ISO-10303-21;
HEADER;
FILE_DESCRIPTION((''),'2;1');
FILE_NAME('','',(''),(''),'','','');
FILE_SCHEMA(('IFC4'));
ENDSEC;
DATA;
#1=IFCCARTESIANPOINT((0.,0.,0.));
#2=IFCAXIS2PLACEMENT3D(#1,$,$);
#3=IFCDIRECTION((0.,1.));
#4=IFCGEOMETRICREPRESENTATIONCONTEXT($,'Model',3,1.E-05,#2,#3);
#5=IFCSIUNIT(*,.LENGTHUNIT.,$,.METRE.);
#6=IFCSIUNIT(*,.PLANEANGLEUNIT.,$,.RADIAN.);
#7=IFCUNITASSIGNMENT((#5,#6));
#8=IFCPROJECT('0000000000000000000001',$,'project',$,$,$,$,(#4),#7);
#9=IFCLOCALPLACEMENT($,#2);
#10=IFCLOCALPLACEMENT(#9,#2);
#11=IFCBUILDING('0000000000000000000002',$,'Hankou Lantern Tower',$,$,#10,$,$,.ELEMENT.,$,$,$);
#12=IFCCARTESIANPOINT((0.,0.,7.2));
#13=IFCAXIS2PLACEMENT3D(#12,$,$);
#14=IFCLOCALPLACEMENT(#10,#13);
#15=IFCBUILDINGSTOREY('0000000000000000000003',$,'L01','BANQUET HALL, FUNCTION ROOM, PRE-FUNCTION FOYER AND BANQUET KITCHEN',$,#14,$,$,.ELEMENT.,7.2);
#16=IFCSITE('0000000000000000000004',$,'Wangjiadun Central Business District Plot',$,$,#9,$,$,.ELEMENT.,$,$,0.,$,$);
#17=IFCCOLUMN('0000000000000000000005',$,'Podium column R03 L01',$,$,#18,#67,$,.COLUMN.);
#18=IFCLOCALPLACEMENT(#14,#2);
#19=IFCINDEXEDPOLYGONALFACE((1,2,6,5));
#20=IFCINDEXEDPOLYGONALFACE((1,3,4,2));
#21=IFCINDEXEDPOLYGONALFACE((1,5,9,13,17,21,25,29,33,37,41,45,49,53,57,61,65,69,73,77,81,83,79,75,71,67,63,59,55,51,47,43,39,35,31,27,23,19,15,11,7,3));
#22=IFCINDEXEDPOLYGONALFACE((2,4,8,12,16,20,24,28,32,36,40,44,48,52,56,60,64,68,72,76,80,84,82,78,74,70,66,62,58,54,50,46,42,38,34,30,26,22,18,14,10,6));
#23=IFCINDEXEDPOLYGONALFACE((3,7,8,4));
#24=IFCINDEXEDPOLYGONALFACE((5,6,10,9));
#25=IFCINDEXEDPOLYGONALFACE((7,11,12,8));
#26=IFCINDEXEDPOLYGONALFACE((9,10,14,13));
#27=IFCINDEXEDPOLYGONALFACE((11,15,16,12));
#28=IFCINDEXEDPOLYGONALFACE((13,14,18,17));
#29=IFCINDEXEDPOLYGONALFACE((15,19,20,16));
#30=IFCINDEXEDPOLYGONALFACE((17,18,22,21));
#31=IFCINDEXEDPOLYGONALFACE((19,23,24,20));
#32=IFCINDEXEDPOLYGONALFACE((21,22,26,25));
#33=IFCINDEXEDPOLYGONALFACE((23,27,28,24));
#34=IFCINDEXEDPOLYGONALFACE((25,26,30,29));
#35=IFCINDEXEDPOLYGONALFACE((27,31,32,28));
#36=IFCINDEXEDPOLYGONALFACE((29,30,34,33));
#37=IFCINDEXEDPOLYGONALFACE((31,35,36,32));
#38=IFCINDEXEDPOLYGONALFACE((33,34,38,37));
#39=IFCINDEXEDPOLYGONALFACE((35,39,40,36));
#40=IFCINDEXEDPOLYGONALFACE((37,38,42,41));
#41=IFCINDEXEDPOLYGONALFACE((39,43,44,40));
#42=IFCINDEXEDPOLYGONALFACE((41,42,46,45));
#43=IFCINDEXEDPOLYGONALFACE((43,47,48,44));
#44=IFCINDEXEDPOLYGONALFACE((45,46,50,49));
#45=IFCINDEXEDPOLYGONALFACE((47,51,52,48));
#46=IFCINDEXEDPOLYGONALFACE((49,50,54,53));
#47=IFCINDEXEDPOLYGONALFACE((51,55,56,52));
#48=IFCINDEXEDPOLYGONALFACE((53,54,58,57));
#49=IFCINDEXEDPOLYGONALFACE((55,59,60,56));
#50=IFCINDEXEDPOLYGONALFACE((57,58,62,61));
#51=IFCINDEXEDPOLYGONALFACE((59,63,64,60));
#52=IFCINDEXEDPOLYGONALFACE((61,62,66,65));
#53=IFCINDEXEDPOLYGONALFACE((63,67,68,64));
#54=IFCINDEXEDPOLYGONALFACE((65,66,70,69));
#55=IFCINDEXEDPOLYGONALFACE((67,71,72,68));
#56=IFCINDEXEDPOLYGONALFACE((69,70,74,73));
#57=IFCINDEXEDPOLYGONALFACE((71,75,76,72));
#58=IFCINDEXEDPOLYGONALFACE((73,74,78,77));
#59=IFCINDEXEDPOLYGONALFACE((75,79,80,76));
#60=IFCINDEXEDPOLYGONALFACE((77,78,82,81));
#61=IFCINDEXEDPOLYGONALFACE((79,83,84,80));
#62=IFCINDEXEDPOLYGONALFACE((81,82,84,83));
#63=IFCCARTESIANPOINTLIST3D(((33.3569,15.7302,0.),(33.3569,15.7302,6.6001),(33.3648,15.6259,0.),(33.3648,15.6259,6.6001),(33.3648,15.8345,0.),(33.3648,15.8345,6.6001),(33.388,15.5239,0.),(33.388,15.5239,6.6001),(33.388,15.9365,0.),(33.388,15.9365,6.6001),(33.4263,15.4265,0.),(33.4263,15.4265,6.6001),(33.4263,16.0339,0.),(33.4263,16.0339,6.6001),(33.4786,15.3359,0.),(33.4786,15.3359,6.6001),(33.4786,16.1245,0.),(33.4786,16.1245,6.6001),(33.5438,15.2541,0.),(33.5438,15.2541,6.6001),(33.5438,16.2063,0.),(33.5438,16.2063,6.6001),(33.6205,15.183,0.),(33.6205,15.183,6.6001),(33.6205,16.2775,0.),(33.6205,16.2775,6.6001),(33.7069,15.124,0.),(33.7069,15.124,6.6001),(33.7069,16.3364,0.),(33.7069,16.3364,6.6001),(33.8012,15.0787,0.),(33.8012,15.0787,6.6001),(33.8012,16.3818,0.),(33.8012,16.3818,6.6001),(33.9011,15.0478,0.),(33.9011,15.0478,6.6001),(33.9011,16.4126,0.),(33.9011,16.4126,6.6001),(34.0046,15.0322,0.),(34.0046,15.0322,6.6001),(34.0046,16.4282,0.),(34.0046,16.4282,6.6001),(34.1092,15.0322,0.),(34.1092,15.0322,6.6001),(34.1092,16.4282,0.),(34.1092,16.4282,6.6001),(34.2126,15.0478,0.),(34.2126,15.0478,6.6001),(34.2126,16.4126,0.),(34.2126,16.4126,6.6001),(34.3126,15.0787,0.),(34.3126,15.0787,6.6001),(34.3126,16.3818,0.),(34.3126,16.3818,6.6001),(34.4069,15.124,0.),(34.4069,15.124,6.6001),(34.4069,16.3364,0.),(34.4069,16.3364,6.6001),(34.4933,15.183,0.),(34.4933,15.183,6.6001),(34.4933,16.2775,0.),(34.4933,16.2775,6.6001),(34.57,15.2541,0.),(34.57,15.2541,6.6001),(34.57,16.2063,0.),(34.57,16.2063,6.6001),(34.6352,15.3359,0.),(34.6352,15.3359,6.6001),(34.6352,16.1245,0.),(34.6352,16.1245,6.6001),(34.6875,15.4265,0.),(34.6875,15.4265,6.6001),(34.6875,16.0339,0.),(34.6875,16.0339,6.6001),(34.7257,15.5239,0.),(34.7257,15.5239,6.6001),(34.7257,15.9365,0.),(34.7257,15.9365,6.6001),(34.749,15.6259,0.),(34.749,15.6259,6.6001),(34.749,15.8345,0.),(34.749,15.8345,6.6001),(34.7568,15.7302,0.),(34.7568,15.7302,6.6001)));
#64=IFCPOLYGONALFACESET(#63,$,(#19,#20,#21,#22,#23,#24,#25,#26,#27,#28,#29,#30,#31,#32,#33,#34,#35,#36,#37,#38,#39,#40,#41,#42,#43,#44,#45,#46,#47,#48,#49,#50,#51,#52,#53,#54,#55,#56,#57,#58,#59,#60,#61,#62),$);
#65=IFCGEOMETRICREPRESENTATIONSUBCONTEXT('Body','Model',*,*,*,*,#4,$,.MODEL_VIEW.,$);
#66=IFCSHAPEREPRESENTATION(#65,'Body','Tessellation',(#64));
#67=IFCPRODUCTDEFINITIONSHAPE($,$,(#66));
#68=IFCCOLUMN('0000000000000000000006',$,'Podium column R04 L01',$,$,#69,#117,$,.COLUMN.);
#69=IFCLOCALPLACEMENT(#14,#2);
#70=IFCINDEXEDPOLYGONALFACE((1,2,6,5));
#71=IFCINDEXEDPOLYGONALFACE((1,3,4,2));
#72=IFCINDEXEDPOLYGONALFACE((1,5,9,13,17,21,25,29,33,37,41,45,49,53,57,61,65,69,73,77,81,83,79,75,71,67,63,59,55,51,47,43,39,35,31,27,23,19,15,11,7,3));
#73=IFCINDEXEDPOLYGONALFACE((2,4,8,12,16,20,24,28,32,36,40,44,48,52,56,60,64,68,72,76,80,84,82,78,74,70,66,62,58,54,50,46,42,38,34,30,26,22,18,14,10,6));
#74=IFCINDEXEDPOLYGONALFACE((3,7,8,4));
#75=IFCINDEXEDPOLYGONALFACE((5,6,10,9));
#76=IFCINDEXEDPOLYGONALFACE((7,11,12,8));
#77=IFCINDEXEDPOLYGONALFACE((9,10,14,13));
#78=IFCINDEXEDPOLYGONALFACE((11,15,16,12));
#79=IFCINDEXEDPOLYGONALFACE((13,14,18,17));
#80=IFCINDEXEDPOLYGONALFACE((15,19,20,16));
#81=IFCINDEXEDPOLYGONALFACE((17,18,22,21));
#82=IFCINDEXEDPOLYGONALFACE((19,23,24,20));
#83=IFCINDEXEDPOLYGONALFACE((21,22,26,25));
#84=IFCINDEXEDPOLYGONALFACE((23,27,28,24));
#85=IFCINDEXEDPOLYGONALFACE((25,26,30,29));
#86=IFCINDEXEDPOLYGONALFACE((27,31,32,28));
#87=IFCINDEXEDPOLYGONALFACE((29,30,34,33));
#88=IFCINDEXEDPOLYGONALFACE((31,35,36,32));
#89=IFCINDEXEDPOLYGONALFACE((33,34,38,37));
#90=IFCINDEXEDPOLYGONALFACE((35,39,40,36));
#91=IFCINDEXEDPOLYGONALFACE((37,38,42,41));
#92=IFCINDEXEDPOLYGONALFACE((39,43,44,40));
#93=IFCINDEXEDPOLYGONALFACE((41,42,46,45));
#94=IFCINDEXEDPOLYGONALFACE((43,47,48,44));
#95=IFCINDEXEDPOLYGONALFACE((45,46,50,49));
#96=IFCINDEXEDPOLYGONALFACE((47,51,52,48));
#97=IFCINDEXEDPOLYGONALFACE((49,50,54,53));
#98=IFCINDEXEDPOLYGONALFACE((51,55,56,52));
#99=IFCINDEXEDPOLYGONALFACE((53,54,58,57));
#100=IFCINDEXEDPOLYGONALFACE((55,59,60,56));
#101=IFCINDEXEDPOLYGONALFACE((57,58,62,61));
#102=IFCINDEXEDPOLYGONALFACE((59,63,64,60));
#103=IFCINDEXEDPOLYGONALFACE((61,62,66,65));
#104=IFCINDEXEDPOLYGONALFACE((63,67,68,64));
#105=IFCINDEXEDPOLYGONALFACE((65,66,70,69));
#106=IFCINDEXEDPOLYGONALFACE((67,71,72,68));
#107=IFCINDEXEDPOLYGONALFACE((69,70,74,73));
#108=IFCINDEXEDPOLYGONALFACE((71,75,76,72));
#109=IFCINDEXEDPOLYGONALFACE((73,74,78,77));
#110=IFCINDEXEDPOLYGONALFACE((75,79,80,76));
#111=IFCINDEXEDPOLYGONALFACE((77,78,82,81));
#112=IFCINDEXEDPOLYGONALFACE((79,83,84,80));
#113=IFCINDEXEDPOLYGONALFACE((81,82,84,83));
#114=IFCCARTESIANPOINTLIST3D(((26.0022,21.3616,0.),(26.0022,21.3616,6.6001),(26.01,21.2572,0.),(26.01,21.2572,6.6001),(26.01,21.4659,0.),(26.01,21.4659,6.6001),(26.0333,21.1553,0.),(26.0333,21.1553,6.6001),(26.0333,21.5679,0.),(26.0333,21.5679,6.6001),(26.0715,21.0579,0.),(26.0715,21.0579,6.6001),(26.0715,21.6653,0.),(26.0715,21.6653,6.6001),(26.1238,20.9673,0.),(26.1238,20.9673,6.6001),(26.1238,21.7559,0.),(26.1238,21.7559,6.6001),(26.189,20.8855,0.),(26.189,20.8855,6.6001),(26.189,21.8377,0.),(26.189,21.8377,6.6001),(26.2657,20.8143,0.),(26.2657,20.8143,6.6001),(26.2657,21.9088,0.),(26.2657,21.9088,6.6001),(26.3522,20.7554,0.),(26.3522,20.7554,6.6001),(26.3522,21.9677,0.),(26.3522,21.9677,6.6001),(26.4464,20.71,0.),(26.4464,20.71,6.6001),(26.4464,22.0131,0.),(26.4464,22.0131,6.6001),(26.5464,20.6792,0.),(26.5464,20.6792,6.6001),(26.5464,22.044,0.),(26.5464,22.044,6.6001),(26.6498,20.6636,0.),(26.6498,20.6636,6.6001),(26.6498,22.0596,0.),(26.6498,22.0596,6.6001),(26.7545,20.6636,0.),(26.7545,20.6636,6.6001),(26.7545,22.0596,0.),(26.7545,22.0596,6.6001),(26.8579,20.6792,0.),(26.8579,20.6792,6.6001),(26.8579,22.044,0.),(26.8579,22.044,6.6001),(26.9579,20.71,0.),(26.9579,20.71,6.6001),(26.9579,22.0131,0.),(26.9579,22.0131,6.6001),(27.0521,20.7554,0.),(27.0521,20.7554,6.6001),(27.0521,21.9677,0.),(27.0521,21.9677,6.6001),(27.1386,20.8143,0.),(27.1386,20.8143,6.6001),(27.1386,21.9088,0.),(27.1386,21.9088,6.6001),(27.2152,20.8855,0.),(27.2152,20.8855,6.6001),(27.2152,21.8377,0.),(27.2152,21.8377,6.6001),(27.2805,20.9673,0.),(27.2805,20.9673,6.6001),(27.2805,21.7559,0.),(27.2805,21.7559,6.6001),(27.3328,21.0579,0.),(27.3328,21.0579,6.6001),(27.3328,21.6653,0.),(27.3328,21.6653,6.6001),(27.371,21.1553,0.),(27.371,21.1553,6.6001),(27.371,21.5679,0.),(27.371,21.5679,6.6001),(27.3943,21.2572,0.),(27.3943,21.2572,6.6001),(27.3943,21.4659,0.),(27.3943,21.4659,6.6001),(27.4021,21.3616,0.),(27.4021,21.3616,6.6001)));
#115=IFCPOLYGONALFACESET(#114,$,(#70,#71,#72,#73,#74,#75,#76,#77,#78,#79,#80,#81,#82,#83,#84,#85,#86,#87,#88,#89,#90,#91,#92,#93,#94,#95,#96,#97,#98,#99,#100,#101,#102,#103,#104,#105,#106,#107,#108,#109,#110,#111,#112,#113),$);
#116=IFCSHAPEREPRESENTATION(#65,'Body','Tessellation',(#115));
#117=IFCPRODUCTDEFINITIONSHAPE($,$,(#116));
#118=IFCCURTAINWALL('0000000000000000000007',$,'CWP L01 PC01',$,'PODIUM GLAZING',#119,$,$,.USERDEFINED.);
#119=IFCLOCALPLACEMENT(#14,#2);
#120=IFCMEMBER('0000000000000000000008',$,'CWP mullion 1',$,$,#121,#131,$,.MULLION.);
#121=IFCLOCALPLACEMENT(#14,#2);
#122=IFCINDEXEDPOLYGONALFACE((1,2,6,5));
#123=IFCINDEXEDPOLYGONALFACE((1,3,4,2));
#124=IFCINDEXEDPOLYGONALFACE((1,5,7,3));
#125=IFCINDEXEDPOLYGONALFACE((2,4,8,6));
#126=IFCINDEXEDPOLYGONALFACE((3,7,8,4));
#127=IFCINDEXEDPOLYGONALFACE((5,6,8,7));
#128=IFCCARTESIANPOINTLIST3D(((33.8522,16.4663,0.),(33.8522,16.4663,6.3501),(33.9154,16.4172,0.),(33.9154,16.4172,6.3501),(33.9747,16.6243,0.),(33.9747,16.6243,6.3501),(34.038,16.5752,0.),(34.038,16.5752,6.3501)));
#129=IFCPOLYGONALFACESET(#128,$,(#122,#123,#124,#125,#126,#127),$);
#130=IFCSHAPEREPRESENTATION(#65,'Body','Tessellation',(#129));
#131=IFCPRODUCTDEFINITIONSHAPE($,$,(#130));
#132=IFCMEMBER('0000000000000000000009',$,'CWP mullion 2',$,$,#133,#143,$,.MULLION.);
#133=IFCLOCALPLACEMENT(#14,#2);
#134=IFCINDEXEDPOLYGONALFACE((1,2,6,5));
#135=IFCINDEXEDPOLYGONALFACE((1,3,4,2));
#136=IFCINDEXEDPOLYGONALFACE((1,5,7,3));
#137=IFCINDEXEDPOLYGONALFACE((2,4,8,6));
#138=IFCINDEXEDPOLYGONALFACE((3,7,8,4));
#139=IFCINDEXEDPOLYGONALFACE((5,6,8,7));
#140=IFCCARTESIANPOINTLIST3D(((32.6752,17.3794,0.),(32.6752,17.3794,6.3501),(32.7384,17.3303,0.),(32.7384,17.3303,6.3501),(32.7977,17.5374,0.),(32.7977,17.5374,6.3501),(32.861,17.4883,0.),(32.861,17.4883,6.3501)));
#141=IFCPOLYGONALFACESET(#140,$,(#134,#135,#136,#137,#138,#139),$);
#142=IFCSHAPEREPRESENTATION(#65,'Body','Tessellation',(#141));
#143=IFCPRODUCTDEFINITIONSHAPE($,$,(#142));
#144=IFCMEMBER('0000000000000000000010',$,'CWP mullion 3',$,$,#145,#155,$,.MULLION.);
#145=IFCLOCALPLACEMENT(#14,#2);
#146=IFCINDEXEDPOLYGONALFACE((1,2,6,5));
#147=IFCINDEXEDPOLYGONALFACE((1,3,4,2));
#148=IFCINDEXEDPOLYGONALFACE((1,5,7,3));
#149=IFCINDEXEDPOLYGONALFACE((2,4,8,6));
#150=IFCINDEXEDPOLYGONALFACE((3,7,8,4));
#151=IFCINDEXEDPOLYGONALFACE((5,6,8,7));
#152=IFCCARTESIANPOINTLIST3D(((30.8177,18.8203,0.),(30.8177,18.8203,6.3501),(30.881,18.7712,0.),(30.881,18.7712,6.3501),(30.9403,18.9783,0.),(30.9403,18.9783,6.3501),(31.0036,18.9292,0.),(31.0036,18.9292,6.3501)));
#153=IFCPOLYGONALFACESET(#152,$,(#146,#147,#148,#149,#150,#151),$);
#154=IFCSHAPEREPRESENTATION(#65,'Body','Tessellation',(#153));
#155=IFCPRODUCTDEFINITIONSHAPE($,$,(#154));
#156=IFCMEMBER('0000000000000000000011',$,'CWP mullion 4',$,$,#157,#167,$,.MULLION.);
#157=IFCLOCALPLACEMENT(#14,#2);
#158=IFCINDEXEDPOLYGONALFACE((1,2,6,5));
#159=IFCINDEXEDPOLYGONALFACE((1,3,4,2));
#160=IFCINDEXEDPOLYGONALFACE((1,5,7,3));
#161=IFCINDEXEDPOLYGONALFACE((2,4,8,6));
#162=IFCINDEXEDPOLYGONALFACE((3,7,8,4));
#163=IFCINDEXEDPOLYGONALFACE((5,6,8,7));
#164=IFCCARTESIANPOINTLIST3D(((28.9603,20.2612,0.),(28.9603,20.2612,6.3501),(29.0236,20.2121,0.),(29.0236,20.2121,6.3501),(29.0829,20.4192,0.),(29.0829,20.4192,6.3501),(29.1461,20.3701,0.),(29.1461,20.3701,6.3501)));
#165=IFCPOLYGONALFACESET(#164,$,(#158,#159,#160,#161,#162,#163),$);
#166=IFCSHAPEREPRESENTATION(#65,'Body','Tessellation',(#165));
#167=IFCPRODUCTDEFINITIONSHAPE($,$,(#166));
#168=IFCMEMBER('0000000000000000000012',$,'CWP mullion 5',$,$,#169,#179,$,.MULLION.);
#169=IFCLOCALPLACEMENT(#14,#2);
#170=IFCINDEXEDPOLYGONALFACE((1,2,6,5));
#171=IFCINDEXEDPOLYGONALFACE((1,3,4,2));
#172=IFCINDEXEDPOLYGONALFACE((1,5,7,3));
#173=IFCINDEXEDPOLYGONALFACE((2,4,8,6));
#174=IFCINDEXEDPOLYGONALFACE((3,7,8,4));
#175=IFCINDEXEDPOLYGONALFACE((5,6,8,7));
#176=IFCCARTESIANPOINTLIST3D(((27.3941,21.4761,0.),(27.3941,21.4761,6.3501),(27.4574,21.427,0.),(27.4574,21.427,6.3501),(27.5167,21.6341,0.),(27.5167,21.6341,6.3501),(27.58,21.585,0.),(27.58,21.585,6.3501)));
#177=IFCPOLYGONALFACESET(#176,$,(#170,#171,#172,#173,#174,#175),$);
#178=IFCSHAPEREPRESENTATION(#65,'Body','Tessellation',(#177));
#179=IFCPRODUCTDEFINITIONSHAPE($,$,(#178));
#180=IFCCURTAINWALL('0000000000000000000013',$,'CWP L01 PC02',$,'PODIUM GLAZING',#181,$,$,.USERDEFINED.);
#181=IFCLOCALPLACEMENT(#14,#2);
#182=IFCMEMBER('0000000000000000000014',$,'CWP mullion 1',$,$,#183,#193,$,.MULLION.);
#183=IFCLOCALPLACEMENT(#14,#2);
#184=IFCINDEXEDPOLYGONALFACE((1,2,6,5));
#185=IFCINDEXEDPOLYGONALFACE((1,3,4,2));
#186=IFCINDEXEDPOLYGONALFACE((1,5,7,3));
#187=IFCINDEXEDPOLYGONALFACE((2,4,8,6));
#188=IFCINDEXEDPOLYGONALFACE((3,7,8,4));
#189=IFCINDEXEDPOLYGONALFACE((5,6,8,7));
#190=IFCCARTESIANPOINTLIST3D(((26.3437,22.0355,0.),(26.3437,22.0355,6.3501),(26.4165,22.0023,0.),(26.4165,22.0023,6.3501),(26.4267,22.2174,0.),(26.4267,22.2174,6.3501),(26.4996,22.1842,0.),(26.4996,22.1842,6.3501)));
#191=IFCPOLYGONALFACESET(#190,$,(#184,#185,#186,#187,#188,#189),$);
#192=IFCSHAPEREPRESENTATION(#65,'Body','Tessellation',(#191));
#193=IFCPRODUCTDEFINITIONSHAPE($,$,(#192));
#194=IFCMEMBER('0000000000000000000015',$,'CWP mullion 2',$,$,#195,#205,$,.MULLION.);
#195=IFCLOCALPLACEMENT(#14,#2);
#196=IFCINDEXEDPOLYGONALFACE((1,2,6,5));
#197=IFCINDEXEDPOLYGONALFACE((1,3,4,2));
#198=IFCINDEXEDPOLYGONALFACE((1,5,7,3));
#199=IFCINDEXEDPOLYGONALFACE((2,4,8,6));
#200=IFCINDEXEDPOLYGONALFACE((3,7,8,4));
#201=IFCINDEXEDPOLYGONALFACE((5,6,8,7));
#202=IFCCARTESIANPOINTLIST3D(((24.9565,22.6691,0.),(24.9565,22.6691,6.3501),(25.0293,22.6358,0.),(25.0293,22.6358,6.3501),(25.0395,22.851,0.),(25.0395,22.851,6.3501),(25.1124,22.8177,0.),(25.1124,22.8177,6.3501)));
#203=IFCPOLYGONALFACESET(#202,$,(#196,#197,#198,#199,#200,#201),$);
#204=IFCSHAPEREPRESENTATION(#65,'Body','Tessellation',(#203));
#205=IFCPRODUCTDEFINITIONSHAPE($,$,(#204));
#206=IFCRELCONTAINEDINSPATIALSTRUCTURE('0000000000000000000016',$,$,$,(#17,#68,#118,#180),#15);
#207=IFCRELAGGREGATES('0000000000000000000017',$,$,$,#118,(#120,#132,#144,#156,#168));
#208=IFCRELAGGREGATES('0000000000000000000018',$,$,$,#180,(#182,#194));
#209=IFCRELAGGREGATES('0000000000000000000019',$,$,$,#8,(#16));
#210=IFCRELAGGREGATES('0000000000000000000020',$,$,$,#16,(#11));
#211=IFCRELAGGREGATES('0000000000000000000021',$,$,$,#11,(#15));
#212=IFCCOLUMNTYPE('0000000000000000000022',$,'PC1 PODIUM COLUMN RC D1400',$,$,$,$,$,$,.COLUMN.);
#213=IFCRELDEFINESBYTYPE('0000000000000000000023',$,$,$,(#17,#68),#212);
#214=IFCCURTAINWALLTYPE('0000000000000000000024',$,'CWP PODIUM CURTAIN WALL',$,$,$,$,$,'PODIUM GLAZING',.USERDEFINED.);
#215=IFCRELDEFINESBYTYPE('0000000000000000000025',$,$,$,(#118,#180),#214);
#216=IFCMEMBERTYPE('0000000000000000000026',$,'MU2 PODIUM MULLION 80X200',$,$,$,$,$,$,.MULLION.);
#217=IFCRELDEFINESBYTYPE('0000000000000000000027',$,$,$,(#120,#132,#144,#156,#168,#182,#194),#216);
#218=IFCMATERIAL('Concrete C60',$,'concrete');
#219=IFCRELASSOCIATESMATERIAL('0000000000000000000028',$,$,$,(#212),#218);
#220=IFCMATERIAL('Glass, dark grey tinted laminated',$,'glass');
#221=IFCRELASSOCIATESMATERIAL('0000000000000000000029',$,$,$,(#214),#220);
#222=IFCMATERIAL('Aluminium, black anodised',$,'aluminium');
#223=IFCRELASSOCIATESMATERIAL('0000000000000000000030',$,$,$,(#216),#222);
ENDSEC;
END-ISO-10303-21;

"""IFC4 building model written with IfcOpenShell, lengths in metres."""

from ifc_helpers import new_model, si_unit, direction, frame, origin, origin_2d, place, context, subcontext, project, spatial, rectangle, circle, extrude, material, material_profile, profile_set, type_object, element, aggregate, save


model = new_model("IFC4")

# Units and contexts
model_context = context("Model", 3, precision=1e-05, world=origin(), true_north=direction((0.0, 1.0)))
body_context = subcontext(model_context, "Body", "Model", "MODEL_VIEW")
ifc_project = project(units=[si_unit("LENGTHUNIT", "METRE"), si_unit("PLANEANGLEUNIT", "RADIAN")], contexts=[model_context])

# Site, building, storey
site_placement = place(None, origin())
site = spatial("IfcSite", under=ifc_project, at=site_placement, Name="Wangjiadun Central Business District Plot", CompositionType="ELEMENT", RefElevation=0.0)
building_placement = place(site_placement, origin())
building = spatial("IfcBuilding", under=site, at=building_placement, Name="Hankou Lantern Tower", CompositionType="ELEMENT")
storey_placement = place(building_placement, frame((0.0, 0.0, 7.2)))
storey = spatial("IfcBuildingStorey", under=building, at=storey_placement, Name="L01", Description="BANQUET HALL, FUNCTION ROOM, PRE-FUNCTION FOYER AND BANQUET KITCHEN", CompositionType="ELEMENT", Elevation=7.2)

# Columns
ifc_material_1 = material(Name="Concrete C60", Category="concrete")
ifc_material_profile_1 = material_profile(ifc_material_1, circle(Radius=0.7, at=origin_2d()), Name="RC D1400")
ifc_profile_set_1 = profile_set([ifc_material_profile_1], Name="Concrete C60")
column_type = type_object("IfcColumnType", Name="PC1 PODIUM COLUMN RC D1400", PredefinedType="COLUMN", material=ifc_profile_set_1)
for number, where, z_axis, x_axis, name in (
    (1, (34.0569, 15.7302, 0.0), (0.0, 0.0, 1.0), (1.0, 0.0, 0.0), "Podium column R03 L01"),
    (2, (26.7021, 21.3616, 0.0), (0.0, 0.0, 1.0), (1.0, 0.0, 0.0), "Podium column R04 L01"),
):
    element("IfcColumn", number, at=place(storey_placement, frame(where, z_axis=z_axis, x_axis=x_axis)), inside=storey, type_object=column_type, Name=name, PredefinedType="COLUMN", context=body_context, shape_type="SweptSolid", body=[
        extrude(circle(Radius=0.7, at=origin_2d()), origin(), (0.0, 0.0, 1.0), 6.6001),
    ])

# Curtain walls, members
ifc_material_2 = material(Name="Glass, dark grey tinted laminated", Category="glass")
curtain_wall_type = type_object("IfcCurtainWallType", Name="CWP PODIUM CURTAIN WALL", ElementType="PODIUM GLAZING", PredefinedType="USERDEFINED", material=ifc_material_2)
curtain_wall_1_placement = place(storey_placement, origin())
curtain_wall_1 = element("IfcCurtainWall", 3, at=curtain_wall_1_placement, inside=storey, type_object=curtain_wall_type, Name="CWP L01 PC01", ObjectType="PODIUM GLAZING", PredefinedType="USERDEFINED")
ifc_material_3 = material(Name="Aluminium, black anodised", Category="aluminium")
ifc_material_profile_2 = material_profile(ifc_material_3, rectangle(XDim=0.0801, YDim=0.2, at=origin_2d()), Name="MU2 80X200")
ifc_profile_set_2 = profile_set([ifc_material_profile_2], Name="Aluminium, black anodised")
member_type_1 = type_object("IfcMemberType", Name="MU2 PODIUM MULLION 80X200", PredefinedType="MULLION", material=ifc_profile_set_2)
member_1_placement = place(storey_placement, frame((33.9451, 16.5208, 0.0), z_axis=(0.0, 0.0, 1.0), x_axis=(-0.79013, 0.61294, 0.0)))
member_1 = element("IfcMember", 4, at=member_1_placement, type_object=member_type_1, Name="CWP mullion 1", PredefinedType="MULLION", context=body_context, shape_type="SweptSolid", body=[
    extrude(rectangle(XDim=0.0801, YDim=0.2, at=origin_2d()), origin(), (0.0, 0.0, 1.0), 6.3501),
])
member_2_placement = place(storey_placement, frame((32.7681, 17.4338, 0.0), z_axis=(0.0, 0.0, 1.0), x_axis=(-0.79013, 0.61294, 0.0)))
member_2 = element("IfcMember", 5, at=member_2_placement, type_object=member_type_1, Name="CWP mullion 2", PredefinedType="MULLION", context=body_context, shape_type="SweptSolid", body=[
    extrude(rectangle(XDim=0.0801, YDim=0.2, at=origin_2d()), origin(), (0.0, 0.0, 1.0), 6.3501),
])
member_3_placement = place(storey_placement, frame((30.9106, 18.8748, 0.0), z_axis=(0.0, 0.0, 1.0), x_axis=(-0.79013, 0.61294, 0.0)))
member_3 = element("IfcMember", 6, at=member_3_placement, type_object=member_type_1, Name="CWP mullion 3", PredefinedType="MULLION", context=body_context, shape_type="SweptSolid", body=[
    extrude(rectangle(XDim=0.0801, YDim=0.2, at=origin_2d()), origin(), (0.0, 0.0, 1.0), 6.3501),
])
member_4_placement = place(storey_placement, frame((29.0532, 20.3157, 0.0), z_axis=(0.0, 0.0, 1.0), x_axis=(-0.79013, 0.61294, 0.0)))
member_4 = element("IfcMember", 7, at=member_4_placement, type_object=member_type_1, Name="CWP mullion 4", PredefinedType="MULLION", context=body_context, shape_type="SweptSolid", body=[
    extrude(rectangle(XDim=0.0801, YDim=0.2, at=origin_2d()), origin(), (0.0, 0.0, 1.0), 6.3501),
])
member_5_placement = place(storey_placement, frame((27.4871, 21.5305, 0.0), z_axis=(0.0, 0.0, 1.0), x_axis=(-0.79013, 0.61294, 0.0)))
member_5 = element("IfcMember", 8, at=member_5_placement, type_object=member_type_1, Name="CWP mullion 5", PredefinedType="MULLION", context=body_context, shape_type="SweptSolid", body=[
    extrude(rectangle(XDim=0.0801, YDim=0.2, at=origin_2d()), origin(), (0.0, 0.0, 1.0), 6.3501),
])
curtain_wall_2_placement = place(storey_placement, origin())
curtain_wall_2 = element("IfcCurtainWall", 9, at=curtain_wall_2_placement, inside=storey, type_object=curtain_wall_type, Name="CWP L01 PC02", ObjectType="PODIUM GLAZING", PredefinedType="USERDEFINED")
member_6_placement = place(storey_placement, frame((26.4216, 22.1099, 0.0), z_axis=(0.0, 0.0, 1.0), x_axis=(-0.90967, 0.415332, 0.0)))
member_6 = element("IfcMember", 10, at=member_6_placement, type_object=member_type_1, Name="CWP mullion 1", PredefinedType="MULLION", context=body_context, shape_type="SweptSolid", body=[
    extrude(rectangle(XDim=0.0801, YDim=0.2, at=origin_2d()), origin(), (0.0, 0.0, 1.0), 6.3501),
])
member_7_placement = place(storey_placement, frame((25.0344, 22.7434, 0.0), z_axis=(0.0, 0.0, 1.0), x_axis=(-0.90967, 0.415332, 0.0)))
member_7 = element("IfcMember", 11, at=member_7_placement, type_object=member_type_1, Name="CWP mullion 2", PredefinedType="MULLION", context=body_context, shape_type="SweptSolid", body=[
    extrude(rectangle(XDim=0.0801, YDim=0.2, at=origin_2d()), origin(), (0.0, 0.0, 1.0), 6.3501),
])

aggregate(curtain_wall_1, [member_1, member_2, member_3, member_4, member_5])
aggregate(curtain_wall_2, [member_6, member_7])

save(model, "model.ifc")
